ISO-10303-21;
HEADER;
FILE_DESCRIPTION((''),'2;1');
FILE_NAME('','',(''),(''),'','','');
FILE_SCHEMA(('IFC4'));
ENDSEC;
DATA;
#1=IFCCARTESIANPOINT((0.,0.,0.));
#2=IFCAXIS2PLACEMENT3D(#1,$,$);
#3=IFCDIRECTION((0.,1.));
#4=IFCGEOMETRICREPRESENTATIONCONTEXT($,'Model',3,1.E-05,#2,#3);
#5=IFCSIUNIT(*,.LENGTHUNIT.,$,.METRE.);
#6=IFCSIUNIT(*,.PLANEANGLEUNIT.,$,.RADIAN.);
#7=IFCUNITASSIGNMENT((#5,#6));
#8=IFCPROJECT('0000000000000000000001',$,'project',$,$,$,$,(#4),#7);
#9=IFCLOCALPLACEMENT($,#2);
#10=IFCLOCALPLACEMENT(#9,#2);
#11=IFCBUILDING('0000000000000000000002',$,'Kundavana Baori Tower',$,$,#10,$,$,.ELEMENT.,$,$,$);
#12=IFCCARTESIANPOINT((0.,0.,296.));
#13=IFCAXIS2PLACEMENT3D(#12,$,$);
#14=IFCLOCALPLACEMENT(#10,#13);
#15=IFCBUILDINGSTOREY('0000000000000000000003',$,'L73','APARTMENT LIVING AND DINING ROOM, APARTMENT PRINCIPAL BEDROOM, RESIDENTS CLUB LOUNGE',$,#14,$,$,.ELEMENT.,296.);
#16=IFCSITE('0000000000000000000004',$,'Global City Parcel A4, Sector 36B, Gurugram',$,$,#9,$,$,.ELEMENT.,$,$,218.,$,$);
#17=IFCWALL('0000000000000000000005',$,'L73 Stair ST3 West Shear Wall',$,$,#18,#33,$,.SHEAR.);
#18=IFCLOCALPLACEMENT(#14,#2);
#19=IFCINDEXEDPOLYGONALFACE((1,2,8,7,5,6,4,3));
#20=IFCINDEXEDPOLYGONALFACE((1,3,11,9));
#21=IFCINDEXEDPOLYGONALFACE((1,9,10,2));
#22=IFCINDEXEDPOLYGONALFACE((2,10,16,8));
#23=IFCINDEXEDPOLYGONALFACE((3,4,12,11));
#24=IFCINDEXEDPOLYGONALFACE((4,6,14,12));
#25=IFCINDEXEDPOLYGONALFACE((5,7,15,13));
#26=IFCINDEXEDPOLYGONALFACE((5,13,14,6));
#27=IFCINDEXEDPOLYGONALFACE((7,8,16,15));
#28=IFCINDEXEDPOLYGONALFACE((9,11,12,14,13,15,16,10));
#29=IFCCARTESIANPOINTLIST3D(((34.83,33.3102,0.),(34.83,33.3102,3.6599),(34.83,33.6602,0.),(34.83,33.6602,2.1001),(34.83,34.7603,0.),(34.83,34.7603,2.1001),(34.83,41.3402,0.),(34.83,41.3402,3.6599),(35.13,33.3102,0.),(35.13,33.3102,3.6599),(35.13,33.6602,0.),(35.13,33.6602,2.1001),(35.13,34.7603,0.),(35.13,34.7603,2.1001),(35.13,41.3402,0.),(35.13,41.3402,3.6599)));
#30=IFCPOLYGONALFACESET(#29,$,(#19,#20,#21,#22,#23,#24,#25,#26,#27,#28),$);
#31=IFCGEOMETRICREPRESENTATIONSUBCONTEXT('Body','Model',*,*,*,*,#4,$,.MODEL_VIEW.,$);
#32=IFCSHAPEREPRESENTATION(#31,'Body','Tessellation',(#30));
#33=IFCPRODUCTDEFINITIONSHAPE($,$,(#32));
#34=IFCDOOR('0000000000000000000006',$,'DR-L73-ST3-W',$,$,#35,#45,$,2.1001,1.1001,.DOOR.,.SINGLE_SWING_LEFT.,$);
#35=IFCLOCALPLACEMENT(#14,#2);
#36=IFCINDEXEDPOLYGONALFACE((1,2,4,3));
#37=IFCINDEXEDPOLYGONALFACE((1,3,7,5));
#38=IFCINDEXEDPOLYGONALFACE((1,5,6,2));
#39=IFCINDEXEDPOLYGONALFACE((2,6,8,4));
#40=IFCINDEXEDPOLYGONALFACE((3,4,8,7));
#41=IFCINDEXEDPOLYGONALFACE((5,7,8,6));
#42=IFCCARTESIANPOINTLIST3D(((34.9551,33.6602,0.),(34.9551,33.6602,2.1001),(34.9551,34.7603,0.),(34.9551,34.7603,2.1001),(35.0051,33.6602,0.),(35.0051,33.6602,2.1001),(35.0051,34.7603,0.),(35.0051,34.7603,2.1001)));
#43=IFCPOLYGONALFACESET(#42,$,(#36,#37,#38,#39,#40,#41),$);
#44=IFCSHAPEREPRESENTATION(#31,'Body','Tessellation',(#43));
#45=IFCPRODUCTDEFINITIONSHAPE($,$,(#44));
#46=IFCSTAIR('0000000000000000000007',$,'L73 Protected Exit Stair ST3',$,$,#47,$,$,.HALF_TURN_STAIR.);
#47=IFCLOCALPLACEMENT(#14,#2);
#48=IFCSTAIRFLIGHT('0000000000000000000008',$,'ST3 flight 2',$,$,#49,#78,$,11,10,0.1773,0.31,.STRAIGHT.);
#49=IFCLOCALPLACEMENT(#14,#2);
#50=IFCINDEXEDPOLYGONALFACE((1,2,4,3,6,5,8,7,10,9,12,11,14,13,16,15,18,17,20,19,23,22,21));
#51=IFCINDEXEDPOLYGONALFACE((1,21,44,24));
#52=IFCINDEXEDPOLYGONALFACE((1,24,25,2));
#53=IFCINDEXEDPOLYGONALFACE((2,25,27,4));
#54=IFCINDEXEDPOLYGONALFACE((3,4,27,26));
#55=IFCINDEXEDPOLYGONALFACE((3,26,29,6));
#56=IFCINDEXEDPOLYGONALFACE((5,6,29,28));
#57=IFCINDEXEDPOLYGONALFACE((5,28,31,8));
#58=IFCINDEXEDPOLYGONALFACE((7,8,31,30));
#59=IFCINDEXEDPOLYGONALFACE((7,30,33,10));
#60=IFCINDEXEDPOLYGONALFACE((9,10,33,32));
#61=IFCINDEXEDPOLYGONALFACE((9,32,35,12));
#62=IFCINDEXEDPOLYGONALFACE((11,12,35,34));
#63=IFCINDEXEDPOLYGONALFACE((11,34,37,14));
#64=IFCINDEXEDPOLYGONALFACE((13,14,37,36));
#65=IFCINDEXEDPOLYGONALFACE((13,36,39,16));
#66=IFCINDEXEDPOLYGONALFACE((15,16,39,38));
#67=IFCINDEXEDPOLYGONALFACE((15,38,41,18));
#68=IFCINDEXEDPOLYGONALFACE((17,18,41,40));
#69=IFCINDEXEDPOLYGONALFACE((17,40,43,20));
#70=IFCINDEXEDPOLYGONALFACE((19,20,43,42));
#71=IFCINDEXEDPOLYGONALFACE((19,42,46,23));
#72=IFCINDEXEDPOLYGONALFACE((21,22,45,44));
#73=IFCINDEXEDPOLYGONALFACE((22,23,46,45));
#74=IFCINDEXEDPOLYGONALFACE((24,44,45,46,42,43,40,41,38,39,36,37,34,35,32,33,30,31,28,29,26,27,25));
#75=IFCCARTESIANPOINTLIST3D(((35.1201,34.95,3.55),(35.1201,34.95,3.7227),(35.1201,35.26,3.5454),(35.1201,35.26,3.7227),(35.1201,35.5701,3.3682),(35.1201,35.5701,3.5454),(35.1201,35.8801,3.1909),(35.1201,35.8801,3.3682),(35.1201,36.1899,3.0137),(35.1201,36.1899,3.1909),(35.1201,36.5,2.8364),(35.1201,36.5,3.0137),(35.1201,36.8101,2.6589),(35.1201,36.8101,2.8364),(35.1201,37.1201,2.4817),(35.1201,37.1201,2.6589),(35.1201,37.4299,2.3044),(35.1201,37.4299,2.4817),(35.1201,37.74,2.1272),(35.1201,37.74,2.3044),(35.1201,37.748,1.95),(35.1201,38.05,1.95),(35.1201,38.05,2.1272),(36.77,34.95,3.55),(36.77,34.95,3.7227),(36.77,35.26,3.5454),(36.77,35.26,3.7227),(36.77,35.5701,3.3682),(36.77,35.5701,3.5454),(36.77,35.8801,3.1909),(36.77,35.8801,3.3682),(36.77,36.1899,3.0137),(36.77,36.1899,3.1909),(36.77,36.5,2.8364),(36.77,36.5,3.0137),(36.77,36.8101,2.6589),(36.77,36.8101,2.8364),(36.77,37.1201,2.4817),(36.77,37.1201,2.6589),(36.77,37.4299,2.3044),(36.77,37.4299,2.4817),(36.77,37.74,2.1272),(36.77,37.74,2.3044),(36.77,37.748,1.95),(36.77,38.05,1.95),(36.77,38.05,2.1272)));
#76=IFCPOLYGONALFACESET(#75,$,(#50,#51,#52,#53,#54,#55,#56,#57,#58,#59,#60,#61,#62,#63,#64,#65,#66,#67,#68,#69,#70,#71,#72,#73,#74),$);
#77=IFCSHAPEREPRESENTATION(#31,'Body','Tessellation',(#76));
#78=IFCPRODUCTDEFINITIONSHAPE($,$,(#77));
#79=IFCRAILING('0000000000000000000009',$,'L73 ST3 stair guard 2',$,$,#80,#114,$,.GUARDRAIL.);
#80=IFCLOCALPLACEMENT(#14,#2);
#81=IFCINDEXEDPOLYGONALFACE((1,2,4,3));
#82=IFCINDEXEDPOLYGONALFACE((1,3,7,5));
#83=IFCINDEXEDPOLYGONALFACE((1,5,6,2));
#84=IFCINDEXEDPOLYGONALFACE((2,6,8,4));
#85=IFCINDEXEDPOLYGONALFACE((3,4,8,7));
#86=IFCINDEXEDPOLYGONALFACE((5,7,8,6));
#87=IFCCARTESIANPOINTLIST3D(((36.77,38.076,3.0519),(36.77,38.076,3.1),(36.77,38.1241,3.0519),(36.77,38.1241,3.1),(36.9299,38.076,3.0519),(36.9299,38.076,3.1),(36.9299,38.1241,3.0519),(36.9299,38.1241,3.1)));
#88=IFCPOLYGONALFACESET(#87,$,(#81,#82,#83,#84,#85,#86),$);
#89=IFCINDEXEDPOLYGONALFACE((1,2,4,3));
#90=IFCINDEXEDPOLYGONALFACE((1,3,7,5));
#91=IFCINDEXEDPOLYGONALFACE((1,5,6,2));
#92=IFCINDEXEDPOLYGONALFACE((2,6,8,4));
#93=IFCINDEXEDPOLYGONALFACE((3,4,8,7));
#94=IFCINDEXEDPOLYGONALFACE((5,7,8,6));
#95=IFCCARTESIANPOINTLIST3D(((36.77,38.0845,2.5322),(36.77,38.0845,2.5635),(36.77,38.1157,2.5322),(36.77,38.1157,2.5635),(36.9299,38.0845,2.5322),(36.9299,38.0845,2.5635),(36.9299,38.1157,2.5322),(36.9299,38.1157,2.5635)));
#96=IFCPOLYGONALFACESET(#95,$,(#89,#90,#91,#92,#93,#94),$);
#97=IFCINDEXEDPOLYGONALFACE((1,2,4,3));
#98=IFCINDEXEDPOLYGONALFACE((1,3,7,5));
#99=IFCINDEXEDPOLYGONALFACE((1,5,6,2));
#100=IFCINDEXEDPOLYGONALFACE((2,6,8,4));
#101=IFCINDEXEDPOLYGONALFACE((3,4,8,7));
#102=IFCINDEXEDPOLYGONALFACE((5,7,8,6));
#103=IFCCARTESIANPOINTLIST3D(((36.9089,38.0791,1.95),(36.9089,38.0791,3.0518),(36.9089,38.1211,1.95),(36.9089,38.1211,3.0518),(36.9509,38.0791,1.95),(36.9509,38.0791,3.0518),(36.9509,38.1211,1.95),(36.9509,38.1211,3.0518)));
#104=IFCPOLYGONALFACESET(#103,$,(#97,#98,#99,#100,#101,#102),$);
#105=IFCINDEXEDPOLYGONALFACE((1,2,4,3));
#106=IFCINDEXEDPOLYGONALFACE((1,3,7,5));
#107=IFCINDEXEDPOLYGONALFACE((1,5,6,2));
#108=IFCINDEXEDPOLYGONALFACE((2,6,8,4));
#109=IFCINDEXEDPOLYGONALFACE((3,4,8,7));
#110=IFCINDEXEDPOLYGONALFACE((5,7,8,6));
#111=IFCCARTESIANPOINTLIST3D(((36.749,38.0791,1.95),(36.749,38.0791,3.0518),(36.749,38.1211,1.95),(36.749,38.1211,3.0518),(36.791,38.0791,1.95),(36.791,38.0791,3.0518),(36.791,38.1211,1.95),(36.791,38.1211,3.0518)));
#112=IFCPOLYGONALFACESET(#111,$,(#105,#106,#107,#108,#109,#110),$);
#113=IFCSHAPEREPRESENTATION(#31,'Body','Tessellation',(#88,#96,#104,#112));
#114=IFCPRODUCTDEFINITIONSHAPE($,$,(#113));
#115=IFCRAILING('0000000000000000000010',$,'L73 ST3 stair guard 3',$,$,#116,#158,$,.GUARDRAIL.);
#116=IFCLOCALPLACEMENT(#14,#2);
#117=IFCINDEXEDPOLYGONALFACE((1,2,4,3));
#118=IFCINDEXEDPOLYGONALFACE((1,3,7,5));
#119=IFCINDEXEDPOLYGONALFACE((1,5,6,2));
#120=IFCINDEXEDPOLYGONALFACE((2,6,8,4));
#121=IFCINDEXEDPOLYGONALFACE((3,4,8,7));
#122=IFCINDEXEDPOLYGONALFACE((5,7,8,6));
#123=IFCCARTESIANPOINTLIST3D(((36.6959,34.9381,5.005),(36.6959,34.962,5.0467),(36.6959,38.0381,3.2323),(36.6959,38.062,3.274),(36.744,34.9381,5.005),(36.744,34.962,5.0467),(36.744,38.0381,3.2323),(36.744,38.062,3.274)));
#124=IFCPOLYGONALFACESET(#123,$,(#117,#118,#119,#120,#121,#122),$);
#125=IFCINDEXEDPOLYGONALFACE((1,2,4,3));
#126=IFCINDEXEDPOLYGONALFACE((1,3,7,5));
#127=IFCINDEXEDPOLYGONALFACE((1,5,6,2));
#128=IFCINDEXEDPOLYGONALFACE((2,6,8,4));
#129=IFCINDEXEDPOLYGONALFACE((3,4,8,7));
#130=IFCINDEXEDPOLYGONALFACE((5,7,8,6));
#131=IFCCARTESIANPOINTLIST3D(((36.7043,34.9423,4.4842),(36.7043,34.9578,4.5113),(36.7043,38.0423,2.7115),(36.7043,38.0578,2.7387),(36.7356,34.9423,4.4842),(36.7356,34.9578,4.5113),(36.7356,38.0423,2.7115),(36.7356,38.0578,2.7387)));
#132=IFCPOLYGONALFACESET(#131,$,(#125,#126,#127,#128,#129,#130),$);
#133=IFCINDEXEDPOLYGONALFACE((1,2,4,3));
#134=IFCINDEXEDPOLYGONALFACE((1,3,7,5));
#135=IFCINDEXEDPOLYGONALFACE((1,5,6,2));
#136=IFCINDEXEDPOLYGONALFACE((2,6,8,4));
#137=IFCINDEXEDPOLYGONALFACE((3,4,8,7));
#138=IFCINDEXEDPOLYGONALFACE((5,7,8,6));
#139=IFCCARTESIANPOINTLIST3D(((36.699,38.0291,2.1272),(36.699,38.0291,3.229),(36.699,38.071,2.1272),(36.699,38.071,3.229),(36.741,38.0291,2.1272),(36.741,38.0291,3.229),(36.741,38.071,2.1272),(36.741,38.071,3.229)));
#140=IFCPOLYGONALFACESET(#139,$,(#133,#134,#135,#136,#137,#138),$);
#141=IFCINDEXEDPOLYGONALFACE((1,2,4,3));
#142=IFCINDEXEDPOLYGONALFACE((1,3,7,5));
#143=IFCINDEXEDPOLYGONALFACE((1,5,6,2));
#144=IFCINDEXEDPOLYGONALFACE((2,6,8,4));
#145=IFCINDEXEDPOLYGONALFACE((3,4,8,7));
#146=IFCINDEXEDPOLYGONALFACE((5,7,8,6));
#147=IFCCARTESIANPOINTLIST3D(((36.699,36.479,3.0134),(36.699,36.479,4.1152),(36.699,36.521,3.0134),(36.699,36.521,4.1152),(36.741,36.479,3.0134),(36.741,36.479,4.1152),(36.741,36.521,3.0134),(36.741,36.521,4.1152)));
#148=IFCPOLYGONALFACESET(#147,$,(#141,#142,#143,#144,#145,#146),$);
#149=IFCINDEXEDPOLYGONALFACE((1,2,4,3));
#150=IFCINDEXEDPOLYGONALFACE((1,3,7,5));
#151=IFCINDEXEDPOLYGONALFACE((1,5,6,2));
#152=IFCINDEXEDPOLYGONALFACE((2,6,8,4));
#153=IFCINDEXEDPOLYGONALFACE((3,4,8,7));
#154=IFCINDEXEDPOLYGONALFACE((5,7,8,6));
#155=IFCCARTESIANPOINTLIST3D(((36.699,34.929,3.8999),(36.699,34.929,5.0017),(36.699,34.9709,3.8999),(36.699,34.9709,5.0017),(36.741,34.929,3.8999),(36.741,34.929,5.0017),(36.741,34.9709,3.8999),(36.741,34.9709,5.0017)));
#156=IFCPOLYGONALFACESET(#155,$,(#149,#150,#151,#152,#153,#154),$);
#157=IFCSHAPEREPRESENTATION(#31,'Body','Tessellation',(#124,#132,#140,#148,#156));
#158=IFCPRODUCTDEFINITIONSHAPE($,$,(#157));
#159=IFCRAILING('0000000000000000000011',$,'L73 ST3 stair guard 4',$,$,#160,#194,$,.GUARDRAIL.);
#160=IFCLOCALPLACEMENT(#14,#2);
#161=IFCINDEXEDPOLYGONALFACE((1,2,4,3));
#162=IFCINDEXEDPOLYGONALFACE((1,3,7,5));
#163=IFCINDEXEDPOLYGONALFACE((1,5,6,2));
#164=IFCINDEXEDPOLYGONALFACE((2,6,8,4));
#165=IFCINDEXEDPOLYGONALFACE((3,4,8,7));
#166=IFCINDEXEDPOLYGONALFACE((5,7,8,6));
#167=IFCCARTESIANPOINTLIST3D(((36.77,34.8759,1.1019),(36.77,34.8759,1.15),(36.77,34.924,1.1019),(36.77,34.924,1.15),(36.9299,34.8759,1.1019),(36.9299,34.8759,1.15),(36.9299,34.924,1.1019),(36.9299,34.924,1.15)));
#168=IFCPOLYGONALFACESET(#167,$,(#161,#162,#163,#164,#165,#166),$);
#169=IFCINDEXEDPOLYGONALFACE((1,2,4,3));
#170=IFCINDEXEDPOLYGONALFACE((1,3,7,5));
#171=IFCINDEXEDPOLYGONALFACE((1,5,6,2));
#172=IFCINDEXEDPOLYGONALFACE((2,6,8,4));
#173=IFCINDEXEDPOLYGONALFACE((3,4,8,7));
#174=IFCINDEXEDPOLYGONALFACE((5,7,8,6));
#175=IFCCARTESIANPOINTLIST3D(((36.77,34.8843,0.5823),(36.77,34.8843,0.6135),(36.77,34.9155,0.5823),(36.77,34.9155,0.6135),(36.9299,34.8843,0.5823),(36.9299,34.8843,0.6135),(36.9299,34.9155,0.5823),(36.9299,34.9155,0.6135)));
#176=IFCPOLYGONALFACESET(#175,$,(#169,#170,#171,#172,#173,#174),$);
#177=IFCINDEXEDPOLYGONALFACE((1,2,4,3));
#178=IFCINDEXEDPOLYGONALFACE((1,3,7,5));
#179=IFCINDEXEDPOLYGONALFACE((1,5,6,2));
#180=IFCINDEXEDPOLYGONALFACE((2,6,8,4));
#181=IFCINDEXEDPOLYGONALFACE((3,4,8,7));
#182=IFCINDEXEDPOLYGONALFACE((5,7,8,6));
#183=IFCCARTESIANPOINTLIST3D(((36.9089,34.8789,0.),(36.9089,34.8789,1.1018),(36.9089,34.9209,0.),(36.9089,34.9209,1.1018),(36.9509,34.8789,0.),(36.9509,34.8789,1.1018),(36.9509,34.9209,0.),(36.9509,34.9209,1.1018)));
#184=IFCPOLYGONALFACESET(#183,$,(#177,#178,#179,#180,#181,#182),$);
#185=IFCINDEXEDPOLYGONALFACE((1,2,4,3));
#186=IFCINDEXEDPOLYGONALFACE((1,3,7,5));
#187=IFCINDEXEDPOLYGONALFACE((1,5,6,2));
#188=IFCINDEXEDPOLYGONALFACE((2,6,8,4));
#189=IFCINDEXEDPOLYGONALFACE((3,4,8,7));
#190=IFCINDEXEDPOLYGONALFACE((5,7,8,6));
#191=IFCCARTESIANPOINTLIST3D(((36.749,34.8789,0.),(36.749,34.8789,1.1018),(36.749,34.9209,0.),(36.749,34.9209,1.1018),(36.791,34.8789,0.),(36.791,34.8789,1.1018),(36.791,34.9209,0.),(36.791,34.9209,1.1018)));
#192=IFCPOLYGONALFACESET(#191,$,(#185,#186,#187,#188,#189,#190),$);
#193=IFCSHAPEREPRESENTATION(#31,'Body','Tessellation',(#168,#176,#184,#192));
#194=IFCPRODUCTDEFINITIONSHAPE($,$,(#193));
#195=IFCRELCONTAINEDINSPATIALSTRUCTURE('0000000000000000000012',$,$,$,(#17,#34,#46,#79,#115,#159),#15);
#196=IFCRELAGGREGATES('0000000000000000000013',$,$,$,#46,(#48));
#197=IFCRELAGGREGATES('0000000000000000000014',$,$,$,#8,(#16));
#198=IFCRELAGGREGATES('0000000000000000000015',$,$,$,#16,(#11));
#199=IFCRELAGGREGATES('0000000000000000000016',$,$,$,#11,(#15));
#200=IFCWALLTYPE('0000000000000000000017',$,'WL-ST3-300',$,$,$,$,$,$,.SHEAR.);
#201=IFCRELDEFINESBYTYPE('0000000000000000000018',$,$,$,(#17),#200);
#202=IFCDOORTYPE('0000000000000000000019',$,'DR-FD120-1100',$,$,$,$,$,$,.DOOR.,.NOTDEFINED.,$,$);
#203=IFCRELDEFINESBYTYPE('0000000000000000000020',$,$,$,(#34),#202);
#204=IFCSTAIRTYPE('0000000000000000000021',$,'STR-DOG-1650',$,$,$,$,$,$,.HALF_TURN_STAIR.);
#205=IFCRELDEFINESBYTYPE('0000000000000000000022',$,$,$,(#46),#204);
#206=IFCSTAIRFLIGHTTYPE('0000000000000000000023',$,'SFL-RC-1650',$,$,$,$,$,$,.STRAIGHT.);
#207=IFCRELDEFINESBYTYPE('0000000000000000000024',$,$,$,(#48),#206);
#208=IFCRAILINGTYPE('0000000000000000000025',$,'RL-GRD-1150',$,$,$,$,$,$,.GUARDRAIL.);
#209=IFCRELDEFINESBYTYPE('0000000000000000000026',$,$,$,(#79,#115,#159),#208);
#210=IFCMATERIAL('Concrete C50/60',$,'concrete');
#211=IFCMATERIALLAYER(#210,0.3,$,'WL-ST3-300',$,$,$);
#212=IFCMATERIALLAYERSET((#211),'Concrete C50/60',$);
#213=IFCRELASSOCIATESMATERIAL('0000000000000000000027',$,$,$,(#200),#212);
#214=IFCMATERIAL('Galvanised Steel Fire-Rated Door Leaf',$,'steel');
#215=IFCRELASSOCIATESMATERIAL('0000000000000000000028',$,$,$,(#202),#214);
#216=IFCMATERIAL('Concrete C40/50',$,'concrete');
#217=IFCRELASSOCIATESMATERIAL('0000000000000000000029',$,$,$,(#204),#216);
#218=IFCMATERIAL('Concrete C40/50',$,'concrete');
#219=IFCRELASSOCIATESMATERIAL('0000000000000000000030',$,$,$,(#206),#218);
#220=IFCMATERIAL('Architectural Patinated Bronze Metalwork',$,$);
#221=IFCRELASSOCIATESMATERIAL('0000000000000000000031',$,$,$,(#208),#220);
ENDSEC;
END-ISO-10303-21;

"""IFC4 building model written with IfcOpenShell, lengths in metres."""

from ifc_helpers import new_model, si_unit, direction, frame, frame_2d, origin, origin_2d, place, context, subcontext, project, spatial, polyline, rectangle, outline, extrude, material, layer, layer_set, type_object, element, fill, aggregate, save


model = new_model("IFC4")

# Units and contexts
model_context = context("Model", 3, precision=1e-05, world=origin(), true_north=direction((0.0, 1.0)))
body_context = subcontext(model_context, "Body", "Model", "MODEL_VIEW")
ifc_project = project(units=[si_unit("LENGTHUNIT", "METRE"), si_unit("PLANEANGLEUNIT", "RADIAN")], contexts=[model_context])

# Site, building, storey
site_placement = place(None, origin())
site = spatial("IfcSite", under=ifc_project, at=site_placement, Name="Global City Parcel A4, Sector 36B, Gurugram", CompositionType="ELEMENT", RefElevation=218.0)
building_placement = place(site_placement, origin())
building = spatial("IfcBuilding", under=site, at=building_placement, Name="Kundavana Baori Tower", CompositionType="ELEMENT")
storey_placement = place(building_placement, frame((0.0, 0.0, 296.0)))
storey = spatial("IfcBuildingStorey", under=building, at=storey_placement, Name="L73", Description="APARTMENT LIVING AND DINING ROOM, APARTMENT PRINCIPAL BEDROOM, RESIDENTS CLUB LOUNGE", CompositionType="ELEMENT", Elevation=296.0)

# Shared definitions
ifc_material_1 = material(Name="Concrete C50/60", Category="concrete")
ifc_layer_1 = layer(ifc_material_1, 0.3, Name="WL-ST3-300")
ifc_layer_set_1 = layer_set([ifc_layer_1], Name="Concrete C50/60")
wall_type_1 = type_object("IfcWallType", Name="WL-ST3-300", PredefinedType="SHEAR", material=ifc_layer_set_1)

# Wall, opening, door
wall_1_placement = place(storey_placement, frame((34.98, 33.3101, 0.0), z_axis=(0.0, 0.0, 1.0), x_axis=(0.0, 1.0, 0.0)))
wall_1 = element("IfcWall", 1, at=wall_1_placement, inside=storey, type_object=wall_type_1, Name="L73 Stair ST3 West Shear Wall", PredefinedType="SHEAR", context=body_context, shape_type="SweptSolid", body=[
    extrude(rectangle(XDim=8.03, YDim=0.3, at=frame_2d((4.0151, 0.0))), origin(), (0.0, 0.0, 1.0), 3.6599),
])
opening_1_placement = place(wall_1_placement, frame((0.3501, 0.0, 0.0)))
opening_1 = element("IfcOpeningElement", 2, at=opening_1_placement, cuts=wall_1, PredefinedType="OPENING", context=body_context, shape_type="SweptSolid", body=[
    extrude(rectangle(XDim=1.1001, YDim=2.1001, at=frame_2d((0.55, 1.05))), frame((0.0, 0.1602, 0.0), z_axis=(0.0, -1.0, 0.0), x_axis=(1.0, 0.0, 0.0)), (0.0, 0.0, 1.0), 0.3201),
])
ifc_material_2 = material(Name="Galvanised Steel Fire-Rated Door Leaf", Category="steel")
door_type_1 = type_object("IfcDoorType", Name="DR-FD120-1100", OperationType="NOTDEFINED", PredefinedType="DOOR", material=ifc_material_2)
door_1_placement = place(opening_1_placement, origin())
door_1 = element("IfcDoor", 3, at=door_1_placement, inside=storey, type_object=door_type_1, Name="DR-L73-ST3-W", OperationType="SINGLE_SWING_LEFT", OverallHeight=2.1001, OverallWidth=1.1001, PredefinedType="DOOR", context=body_context, shape_type="SweptSolid", body=[
    extrude(rectangle(XDim=1.1001, YDim=2.1001, at=frame_2d((0.55, 1.05))), frame((0.0, 0.0249, 0.0), z_axis=(0.0, -1.0, 0.0), x_axis=(1.0, 0.0, 0.0)), (0.0, 0.0, 1.0), 0.05),
])
fill(opening_1, door_1)

# Stair, stair flight
ifc_material_3 = material(Name="Concrete C40/50", Category="concrete")
stair_type = type_object("IfcStairType", Name="STR-DOG-1650", PredefinedType="HALF_TURN_STAIR", material=ifc_material_3)
stair_placement = place(storey_placement, origin())
stair = element("IfcStair", 4, at=stair_placement, inside=storey, type_object=stair_type, Name="L73 Protected Exit Stair ST3", PredefinedType="HALF_TURN_STAIR")
ifc_material_4 = material(Name="Concrete C40/50", Category="concrete")
stair_flight_type = type_object("IfcStairFlightType", Name="SFL-RC-1650", PredefinedType="STRAIGHT", material=ifc_material_4)
stair_flight_placement = place(storey_placement, frame((35.9451, 38.05, 1.95), z_axis=(0.0, 0.0, 1.0), x_axis=(0.0, -1.0, 0.0)))
stair_flight = element("IfcStairFlight", 5, at=stair_flight_placement, type_object=stair_flight_type, Name="ST3 flight 2", NumberOfRisers=11, NumberOfTreads=10, PredefinedType="STRAIGHT", RiserHeight=0.1773, TreadLength=0.31, context=body_context, shape_type="SweptSolid", body=[
    extrude(outline(polyline([(0.0, 0.0), (0.0, 0.1772), (0.3101, 0.1772), (0.3101, 0.3545), (0.6201, 0.3545), (0.6201, 0.5317), (0.9299, 0.5317), (0.9299, 0.709), (1.24, 0.709), (1.24, 0.8865), (1.55, 0.8865), (1.55, 1.0637), (1.8601, 1.0637), (1.8601, 1.241), (2.1699, 1.241), (2.1699, 1.4182), (2.48, 1.4182), (2.48, 1.5955), (2.79, 1.5955), (2.79, 1.7727), (3.1001, 1.7727), (3.1001, 1.95), (3.1001, 1.6001), (0.302, 0.0), (0.0, 0.0)])), frame((0.0, 0.825, 0.0), z_axis=(0.0, -1.0, 0.0), x_axis=(1.0, 0.0, 0.0)), (0.0, 0.0, 1.0), 1.6499),
])
aggregate(stair, [stair_flight])

# Railings
ifc_material_5 = material(Name="Architectural Patinated Bronze Metalwork")
railing_type_1 = type_object("IfcRailingType", Name="RL-GRD-1150", PredefinedType="GUARDRAIL", material=ifc_material_5)
railing_1_placement = place(storey_placement, frame((36.9299, 38.1001, 1.95)))
element("IfcRailing", 6, at=railing_1_placement, inside=storey, type_object=railing_type_1, Name="L73 ST3 stair guard 2", PredefinedType="GUARDRAIL", context=body_context, shape_type="SweptSolid", body=[
    extrude(rectangle(XDim=0.0481, YDim=0.0481, at=origin_2d()), frame((0.0, 0.0, 1.126), z_axis=(-1.0, 0.0, 0.0), x_axis=(0.0, -1.0, 0.0)), (0.0, 0.0, 1.0), 0.1599),
    extrude(rectangle(XDim=0.0312, YDim=0.0312, at=origin_2d()), frame((0.0, 0.0, 0.5979), z_axis=(-1.0, 0.0, 0.0), x_axis=(0.0, -1.0, 0.0)), (0.0, 0.0, 1.0), 0.1599),
    extrude(rectangle(XDim=0.042, YDim=0.042, at=origin_2d()), origin(), (0.0, 0.0, 1.0), 1.1018),
    extrude(rectangle(XDim=0.042, YDim=0.042, at=origin_2d()), frame((-0.1599, 0.0, 0.0)), (0.0, 0.0, 1.0), 1.1018),
])
railing_2_placement = place(storey_placement, frame((36.72, 38.05, 2.1272)))
element("IfcRailing", 7, at=railing_2_placement, inside=storey, type_object=railing_type_1, Name="L73 ST3 stair guard 3", PredefinedType="GUARDRAIL", context=body_context, shape_type="SweptSolid", body=[
    extrude(rectangle(XDim=0.0481, YDim=0.0481, at=origin_2d()), frame((0.0, 0.0, 1.126), z_axis=(0.0, -0.868096, 0.496397), x_axis=(1.0, 0.0, 0.0)), (0.0, 0.0, 1.0), 3.571),
    extrude(rectangle(XDim=0.0312, YDim=0.0312, at=origin_2d()), frame((0.0, 0.0, 0.5979), z_axis=(0.0, -0.868096, 0.496397), x_axis=(1.0, 0.0, 0.0)), (0.0, 0.0, 1.0), 3.571),
    extrude(rectangle(XDim=0.042, YDim=0.042, at=origin_2d()), origin(), (0.0, 0.0, 1.0), 1.1018),
    extrude(rectangle(XDim=0.042, YDim=0.042, at=origin_2d()), frame((0.0, -1.55, 0.8862)), (0.0, 0.0, 1.0), 1.1018),
    extrude(rectangle(XDim=0.042, YDim=0.042, at=origin_2d()), frame((0.0, -3.1001, 1.7727)), (0.0, 0.0, 1.0), 1.1018),
])
railing_3_placement = place(storey_placement, frame((36.9299, 34.8999, 0.0)))
element("IfcRailing", 8, at=railing_3_placement, inside=storey, type_object=railing_type_1, Name="L73 ST3 stair guard 4", PredefinedType="GUARDRAIL", context=body_context, shape_type="SweptSolid", body=[
    extrude(rectangle(XDim=0.0481, YDim=0.0481, at=origin_2d()), frame((0.0, 0.0, 1.126), z_axis=(-1.0, 0.0, 0.0), x_axis=(0.0, -1.0, 0.0)), (0.0, 0.0, 1.0), 0.1599),
    extrude(rectangle(XDim=0.0312, YDim=0.0312, at=origin_2d()), frame((0.0, 0.0, 0.5979), z_axis=(-1.0, 0.0, 0.0), x_axis=(0.0, -1.0, 0.0)), (0.0, 0.0, 1.0), 0.1599),
    extrude(rectangle(XDim=0.042, YDim=0.042, at=origin_2d()), origin(), (0.0, 0.0, 1.0), 1.1018),
    extrude(rectangle(XDim=0.042, YDim=0.042, at=origin_2d()), frame((-0.1599, 0.0, 0.0)), (0.0, 0.0, 1.0), 1.1018),
])

save(model, "model.ifc")
